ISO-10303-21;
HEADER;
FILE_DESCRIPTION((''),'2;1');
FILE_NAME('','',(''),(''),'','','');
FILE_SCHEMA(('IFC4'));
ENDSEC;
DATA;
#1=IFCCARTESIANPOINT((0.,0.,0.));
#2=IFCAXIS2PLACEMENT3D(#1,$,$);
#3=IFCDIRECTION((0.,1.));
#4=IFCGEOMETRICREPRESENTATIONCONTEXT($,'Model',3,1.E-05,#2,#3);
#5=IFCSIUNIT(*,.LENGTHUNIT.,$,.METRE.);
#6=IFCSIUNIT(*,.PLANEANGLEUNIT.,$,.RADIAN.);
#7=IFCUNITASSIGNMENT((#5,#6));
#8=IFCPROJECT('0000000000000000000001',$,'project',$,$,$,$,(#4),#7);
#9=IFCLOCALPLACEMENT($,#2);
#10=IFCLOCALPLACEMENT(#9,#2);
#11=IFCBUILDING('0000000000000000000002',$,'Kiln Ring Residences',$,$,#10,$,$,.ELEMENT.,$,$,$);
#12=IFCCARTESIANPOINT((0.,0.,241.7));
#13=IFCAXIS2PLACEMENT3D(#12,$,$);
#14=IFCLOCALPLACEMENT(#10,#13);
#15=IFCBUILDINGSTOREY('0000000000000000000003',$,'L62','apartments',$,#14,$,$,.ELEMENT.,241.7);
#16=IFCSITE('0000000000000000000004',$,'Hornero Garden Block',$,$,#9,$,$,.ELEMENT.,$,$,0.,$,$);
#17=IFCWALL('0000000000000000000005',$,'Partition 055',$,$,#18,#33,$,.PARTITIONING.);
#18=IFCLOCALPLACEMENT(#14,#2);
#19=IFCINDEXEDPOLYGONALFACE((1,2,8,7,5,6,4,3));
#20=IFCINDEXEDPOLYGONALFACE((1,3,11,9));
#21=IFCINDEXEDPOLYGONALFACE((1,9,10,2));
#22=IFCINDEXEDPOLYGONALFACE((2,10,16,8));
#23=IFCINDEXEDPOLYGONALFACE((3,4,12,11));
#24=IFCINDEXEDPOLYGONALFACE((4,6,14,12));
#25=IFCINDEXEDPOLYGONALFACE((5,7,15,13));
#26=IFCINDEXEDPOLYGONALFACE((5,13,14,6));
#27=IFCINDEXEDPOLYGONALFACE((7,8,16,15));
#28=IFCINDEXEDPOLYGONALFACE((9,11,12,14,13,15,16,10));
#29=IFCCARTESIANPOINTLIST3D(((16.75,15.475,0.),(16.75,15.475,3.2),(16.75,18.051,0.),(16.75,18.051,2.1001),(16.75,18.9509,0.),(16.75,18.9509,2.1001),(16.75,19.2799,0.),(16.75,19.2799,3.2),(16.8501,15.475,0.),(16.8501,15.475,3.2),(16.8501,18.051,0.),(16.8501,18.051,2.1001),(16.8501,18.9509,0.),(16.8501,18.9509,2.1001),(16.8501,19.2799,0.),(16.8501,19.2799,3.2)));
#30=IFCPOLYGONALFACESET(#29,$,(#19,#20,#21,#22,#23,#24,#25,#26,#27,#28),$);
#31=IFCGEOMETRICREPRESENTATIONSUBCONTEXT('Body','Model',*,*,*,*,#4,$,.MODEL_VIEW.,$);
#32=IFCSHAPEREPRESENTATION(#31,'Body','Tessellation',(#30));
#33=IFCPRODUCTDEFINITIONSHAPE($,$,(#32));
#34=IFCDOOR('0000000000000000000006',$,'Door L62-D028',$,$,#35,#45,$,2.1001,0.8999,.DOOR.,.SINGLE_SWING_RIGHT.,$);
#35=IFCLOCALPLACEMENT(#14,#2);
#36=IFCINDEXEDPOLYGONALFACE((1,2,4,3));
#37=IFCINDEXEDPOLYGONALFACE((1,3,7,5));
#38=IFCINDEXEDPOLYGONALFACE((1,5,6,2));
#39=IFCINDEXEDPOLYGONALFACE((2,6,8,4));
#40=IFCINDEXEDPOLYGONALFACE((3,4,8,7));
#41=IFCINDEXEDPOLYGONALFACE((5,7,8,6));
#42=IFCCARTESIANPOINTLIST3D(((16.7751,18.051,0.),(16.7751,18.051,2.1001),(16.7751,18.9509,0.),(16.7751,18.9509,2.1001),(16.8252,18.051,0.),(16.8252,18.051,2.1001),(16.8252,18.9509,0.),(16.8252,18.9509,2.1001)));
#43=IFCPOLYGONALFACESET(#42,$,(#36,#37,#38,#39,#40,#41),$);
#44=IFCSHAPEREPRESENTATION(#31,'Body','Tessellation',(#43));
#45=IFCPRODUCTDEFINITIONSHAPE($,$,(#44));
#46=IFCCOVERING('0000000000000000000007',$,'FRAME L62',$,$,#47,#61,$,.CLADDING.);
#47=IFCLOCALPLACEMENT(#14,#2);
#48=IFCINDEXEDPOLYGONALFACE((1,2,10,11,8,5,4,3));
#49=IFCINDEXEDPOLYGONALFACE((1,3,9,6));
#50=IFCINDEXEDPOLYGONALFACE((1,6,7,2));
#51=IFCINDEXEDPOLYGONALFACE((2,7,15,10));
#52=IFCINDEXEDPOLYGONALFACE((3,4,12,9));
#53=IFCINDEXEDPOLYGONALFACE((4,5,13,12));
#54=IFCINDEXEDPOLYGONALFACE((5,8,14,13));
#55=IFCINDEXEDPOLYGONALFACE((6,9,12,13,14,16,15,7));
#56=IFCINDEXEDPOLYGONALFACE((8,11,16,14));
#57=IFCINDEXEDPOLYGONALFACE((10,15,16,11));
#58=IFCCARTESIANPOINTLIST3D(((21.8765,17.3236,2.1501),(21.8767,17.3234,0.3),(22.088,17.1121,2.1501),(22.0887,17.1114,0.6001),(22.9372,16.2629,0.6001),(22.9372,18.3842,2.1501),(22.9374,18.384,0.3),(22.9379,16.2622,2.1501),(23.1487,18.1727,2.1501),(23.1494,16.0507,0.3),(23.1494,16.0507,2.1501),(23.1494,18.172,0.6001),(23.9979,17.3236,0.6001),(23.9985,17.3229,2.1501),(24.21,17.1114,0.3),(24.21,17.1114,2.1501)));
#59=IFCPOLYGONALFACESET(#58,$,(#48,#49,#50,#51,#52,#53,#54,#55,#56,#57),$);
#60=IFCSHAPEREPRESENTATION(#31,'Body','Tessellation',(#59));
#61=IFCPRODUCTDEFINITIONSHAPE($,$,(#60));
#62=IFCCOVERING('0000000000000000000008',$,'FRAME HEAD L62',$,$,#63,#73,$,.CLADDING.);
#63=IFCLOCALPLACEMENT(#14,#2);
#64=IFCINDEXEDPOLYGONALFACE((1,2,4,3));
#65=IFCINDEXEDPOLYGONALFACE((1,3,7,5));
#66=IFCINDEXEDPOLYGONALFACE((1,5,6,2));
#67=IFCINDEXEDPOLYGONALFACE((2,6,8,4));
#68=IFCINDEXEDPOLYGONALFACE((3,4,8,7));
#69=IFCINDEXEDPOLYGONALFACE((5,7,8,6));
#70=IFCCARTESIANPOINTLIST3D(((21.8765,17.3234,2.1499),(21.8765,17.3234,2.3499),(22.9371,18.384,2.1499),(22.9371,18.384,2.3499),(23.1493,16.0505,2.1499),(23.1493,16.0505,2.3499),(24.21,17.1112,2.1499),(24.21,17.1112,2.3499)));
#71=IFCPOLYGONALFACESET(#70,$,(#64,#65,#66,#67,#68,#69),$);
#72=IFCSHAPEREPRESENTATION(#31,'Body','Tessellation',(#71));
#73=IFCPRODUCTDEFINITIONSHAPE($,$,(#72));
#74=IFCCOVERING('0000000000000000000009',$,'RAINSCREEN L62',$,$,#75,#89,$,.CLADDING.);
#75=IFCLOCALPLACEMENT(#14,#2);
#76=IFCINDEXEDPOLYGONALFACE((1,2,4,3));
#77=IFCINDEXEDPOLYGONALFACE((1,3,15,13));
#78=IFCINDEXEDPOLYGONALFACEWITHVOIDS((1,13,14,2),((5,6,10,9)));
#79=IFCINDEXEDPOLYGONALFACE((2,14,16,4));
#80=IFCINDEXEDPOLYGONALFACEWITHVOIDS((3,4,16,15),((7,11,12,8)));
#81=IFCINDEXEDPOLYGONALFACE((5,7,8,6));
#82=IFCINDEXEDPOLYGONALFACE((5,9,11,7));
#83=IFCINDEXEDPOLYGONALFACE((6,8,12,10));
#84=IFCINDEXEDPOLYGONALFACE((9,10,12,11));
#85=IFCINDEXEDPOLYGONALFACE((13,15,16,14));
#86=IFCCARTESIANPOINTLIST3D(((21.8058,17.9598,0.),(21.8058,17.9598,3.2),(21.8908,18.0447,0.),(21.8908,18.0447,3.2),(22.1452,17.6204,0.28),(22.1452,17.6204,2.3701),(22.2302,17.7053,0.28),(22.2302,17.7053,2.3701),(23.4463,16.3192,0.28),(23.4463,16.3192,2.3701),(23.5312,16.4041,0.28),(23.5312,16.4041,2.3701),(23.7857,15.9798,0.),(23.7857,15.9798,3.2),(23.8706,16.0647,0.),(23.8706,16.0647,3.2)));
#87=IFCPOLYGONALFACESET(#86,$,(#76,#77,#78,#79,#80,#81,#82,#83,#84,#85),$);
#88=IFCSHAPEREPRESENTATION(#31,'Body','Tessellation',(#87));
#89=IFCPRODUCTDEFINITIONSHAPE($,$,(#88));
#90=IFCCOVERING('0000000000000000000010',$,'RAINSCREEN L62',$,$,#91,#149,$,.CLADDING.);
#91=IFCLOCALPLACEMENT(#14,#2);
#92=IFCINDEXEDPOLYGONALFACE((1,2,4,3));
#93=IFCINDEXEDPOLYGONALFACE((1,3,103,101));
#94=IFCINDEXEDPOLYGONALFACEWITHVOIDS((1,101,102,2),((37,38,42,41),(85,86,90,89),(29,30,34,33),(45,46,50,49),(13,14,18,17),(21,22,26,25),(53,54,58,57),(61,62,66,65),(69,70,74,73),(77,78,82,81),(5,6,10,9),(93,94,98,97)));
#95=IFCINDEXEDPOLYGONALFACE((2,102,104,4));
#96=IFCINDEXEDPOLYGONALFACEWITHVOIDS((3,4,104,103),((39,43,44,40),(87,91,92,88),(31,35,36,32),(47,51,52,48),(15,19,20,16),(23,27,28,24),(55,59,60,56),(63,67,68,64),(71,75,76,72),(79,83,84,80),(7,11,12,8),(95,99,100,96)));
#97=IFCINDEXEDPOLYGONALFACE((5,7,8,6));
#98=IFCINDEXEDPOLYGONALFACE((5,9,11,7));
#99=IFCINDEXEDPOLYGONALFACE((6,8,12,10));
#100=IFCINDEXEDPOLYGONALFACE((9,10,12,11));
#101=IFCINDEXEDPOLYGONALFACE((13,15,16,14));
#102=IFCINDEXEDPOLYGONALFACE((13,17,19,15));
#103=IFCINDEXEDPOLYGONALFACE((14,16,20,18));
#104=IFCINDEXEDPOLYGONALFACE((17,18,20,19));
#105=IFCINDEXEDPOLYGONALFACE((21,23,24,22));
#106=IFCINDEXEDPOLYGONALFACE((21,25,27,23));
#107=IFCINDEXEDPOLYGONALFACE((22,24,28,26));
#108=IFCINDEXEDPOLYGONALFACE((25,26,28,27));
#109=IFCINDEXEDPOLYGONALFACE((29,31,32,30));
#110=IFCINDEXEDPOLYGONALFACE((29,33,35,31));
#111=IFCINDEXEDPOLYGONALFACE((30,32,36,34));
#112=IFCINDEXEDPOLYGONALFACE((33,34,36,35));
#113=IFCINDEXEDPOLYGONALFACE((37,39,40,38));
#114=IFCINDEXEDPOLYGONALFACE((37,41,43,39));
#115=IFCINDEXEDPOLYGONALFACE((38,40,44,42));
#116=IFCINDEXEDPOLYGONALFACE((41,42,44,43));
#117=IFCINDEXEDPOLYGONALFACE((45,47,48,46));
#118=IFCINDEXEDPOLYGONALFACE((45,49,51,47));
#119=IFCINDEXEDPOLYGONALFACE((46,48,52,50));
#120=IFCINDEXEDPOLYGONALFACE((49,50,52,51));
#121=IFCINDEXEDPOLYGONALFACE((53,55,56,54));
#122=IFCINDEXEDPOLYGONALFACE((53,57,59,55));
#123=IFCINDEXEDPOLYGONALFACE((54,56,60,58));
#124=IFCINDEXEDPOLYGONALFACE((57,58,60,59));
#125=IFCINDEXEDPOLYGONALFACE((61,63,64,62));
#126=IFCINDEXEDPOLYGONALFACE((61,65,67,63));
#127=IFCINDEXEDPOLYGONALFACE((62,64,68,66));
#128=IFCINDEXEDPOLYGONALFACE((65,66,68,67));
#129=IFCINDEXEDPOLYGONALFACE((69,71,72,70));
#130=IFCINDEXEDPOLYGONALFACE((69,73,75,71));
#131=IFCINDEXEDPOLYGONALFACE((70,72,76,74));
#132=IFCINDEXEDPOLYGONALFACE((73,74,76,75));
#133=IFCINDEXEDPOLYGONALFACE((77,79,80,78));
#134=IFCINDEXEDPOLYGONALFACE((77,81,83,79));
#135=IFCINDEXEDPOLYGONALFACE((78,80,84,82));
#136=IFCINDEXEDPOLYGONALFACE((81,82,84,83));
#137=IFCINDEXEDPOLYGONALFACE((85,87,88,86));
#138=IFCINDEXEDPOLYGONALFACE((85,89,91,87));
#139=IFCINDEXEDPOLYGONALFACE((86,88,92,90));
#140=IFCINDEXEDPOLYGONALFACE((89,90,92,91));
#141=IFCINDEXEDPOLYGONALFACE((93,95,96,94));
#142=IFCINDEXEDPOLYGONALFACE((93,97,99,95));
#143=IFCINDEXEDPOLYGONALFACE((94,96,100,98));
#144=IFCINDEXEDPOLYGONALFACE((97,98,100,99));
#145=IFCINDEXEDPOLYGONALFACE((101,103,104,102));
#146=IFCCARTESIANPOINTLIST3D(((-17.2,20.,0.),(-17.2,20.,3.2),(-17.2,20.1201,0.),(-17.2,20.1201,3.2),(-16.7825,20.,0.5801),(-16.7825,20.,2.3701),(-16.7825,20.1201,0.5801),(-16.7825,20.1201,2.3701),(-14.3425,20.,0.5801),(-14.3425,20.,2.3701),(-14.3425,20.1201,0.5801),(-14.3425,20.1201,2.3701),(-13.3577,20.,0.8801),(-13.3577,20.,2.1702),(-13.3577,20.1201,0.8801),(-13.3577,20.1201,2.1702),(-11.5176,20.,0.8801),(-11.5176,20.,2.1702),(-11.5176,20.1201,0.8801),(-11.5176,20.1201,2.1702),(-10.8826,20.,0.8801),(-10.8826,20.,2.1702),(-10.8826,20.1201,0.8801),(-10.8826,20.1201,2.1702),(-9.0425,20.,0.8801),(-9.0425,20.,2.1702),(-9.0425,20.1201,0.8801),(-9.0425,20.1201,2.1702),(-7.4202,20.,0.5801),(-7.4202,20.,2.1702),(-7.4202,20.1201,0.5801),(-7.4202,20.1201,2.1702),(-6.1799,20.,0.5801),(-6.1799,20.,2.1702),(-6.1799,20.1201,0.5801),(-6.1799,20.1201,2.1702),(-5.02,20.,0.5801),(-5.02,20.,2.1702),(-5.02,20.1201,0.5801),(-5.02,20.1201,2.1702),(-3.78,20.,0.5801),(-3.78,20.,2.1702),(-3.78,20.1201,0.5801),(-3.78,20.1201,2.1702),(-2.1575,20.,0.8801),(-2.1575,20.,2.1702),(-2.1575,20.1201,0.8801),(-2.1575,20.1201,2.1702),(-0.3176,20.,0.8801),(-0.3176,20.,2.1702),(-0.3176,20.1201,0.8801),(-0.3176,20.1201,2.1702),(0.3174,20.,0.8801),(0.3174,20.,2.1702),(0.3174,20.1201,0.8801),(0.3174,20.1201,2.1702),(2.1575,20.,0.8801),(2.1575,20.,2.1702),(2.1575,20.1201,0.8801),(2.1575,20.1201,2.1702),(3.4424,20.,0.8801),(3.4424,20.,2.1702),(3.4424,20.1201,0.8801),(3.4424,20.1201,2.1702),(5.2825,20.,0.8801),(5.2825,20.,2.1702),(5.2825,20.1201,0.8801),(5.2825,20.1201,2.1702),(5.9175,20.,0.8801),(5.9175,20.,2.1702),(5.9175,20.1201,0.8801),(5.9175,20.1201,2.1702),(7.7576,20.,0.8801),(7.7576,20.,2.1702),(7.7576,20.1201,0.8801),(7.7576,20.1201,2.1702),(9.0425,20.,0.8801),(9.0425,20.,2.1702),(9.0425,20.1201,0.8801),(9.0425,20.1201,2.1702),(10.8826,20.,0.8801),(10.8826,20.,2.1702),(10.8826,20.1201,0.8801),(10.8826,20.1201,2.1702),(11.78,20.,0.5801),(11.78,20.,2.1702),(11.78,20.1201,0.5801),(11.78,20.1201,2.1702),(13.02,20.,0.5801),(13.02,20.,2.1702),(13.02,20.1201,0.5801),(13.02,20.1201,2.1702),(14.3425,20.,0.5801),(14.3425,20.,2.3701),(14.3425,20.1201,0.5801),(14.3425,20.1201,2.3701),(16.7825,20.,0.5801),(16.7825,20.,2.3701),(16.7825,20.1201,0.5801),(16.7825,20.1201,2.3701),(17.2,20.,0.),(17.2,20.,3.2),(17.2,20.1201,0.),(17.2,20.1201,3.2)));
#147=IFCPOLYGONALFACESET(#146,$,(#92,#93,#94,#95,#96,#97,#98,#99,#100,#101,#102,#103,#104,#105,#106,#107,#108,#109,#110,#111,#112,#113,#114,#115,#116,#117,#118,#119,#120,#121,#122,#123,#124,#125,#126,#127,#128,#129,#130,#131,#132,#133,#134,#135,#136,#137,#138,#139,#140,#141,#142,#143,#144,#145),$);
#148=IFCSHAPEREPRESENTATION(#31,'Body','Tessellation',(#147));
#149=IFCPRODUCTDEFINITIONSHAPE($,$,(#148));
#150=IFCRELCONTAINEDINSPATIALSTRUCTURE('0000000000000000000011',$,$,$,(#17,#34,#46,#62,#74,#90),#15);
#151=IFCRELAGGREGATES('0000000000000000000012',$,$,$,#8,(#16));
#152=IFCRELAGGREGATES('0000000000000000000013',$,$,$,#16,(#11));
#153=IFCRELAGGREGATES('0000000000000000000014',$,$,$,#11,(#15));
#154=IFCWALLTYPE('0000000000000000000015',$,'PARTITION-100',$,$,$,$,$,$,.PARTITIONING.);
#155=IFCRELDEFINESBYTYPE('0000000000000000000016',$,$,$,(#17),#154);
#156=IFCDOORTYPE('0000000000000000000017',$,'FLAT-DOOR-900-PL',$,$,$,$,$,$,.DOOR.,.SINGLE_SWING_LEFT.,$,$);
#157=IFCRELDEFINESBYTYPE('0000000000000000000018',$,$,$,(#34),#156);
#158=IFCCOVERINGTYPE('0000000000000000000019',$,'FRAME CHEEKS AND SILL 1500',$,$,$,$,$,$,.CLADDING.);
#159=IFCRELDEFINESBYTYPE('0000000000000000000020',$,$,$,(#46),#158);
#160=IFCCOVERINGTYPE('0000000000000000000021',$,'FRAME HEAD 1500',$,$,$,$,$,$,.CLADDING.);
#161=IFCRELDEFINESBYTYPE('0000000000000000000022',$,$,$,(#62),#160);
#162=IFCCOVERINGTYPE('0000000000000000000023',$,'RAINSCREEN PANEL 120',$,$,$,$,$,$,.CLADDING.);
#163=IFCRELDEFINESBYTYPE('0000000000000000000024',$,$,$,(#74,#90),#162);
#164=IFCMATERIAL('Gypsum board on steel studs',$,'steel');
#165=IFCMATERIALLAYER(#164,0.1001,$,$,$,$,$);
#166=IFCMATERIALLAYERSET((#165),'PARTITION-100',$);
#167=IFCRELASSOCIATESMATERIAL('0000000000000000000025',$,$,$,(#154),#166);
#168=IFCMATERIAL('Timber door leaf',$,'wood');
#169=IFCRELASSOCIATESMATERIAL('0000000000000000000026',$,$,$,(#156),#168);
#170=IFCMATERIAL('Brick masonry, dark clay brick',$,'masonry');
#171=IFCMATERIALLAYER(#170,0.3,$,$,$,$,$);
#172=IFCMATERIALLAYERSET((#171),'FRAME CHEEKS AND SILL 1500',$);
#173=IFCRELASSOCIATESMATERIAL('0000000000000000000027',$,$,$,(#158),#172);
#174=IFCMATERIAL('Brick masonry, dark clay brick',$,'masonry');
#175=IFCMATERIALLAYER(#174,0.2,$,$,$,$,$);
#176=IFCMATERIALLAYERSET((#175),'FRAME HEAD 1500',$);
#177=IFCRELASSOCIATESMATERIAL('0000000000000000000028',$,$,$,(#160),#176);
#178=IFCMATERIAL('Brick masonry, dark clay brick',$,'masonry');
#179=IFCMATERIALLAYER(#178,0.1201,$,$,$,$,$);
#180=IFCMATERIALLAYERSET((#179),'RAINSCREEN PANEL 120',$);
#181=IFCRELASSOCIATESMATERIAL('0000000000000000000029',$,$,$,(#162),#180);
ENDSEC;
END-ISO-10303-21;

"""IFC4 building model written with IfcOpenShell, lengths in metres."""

from ifc_helpers import new_model, si_unit, direction, frame, frame_2d, origin, origin_2d, place, context, subcontext, project, spatial, polyline, rectangle, outline, extrude, material, layer, layer_set, type_object, element, fill, save


model = new_model("IFC4")

# Units and contexts
model_context = context("Model", 3, precision=1e-05, world=origin(), true_north=direction((0.0, 1.0)))
body_context = subcontext(model_context, "Body", "Model", "MODEL_VIEW")
ifc_project = project(units=[si_unit("LENGTHUNIT", "METRE"), si_unit("PLANEANGLEUNIT", "RADIAN")], contexts=[model_context])

# Site, building, storey
site_placement = place(None, origin())
site = spatial("IfcSite", under=ifc_project, at=site_placement, Name="Hornero Garden Block", CompositionType="ELEMENT", RefElevation=0.0)
building_placement = place(site_placement, origin())
building = spatial("IfcBuilding", under=site, at=building_placement, Name="Kiln Ring Residences", CompositionType="ELEMENT")
storey_placement = place(building_placement, frame((0.0, 0.0, 241.7)))
storey = spatial("IfcBuildingStorey", under=building, at=storey_placement, Name="L62", Description="apartments", CompositionType="ELEMENT", Elevation=241.7)

# Wall, opening, door
ifc_material_1 = material(Name="Gypsum board on steel studs", Category="steel")
ifc_layer_1 = layer(ifc_material_1, 0.1001)
ifc_layer_set_1 = layer_set([ifc_layer_1], Name="PARTITION-100")
wall_type_1 = type_object("IfcWallType", Name="PARTITION-100", PredefinedType="PARTITIONING", material=ifc_layer_set_1)
wall_1_placement = place(storey_placement, frame((16.8, 15.4751, 0.0), z_axis=(0.0, 0.0, 1.0), x_axis=(0.0, 1.0, 0.0)))
wall_1 = element("IfcWall", 1, at=wall_1_placement, inside=storey, type_object=wall_type_1, Name="Partition 055", PredefinedType="PARTITIONING", context=body_context, shape_type="SweptSolid", body=[
    extrude(rectangle(XDim=3.8049, YDim=0.1001, at=frame_2d((1.9023, 0.0))), origin(), (0.0, 0.0, 1.0), 3.2),
])
opening_1_placement = place(wall_1_placement, frame((2.5759, 0.0, 0.0)))
opening_1 = element("IfcOpeningElement", 2, at=opening_1_placement, cuts=wall_1, PredefinedType="OPENING", context=body_context, shape_type="SweptSolid", body=[
    extrude(rectangle(XDim=0.8999, YDim=2.1001, at=frame_2d((0.45, 1.05))), frame((0.0, 0.0601, 0.0), z_axis=(0.0, -1.0, 0.0), x_axis=(1.0, 0.0, 0.0)), (0.0, 0.0, 1.0), 0.1201),
])
ifc_material_2 = material(Name="Timber door leaf", Category="wood")
door_type_1 = type_object("IfcDoorType", Name="FLAT-DOOR-900-PL", OperationType="SINGLE_SWING_LEFT", PredefinedType="DOOR", material=ifc_material_2)
door_1_placement = place(opening_1_placement, origin())
door_1 = element("IfcDoor", 3, at=door_1_placement, inside=storey, type_object=door_type_1, Name="Door L62-D028", OperationType="SINGLE_SWING_RIGHT", OverallHeight=2.1001, OverallWidth=0.8999, PredefinedType="DOOR", context=body_context, shape_type="SweptSolid", body=[
    extrude(rectangle(XDim=0.8999, YDim=2.1001, at=frame_2d((0.45, 1.05))), frame((0.0, 0.0249, 0.0), z_axis=(0.0, -1.0, 0.0), x_axis=(1.0, 0.0, 0.0)), (0.0, 0.0, 1.0), 0.05),
])
fill(opening_1, door_1)

# Coverings
ifc_material_3 = material(Name="Brick masonry, dark clay brick", Category="masonry")
ifc_layer_2 = layer(ifc_material_3, 0.3)
ifc_layer_set_2 = layer_set([ifc_layer_2], Name="FRAME CHEEKS AND SILL 1500")
covering_type_1 = type_object("IfcCoveringType", Name="FRAME CHEEKS AND SILL 1500", PredefinedType="CLADDING", material=ifc_layer_set_2)
covering_1_placement = place(storey_placement, frame((23.6797, 16.5811, 0.3), z_axis=(0.0, 0.0, 1.0), x_axis=(-0.707107, 0.707107, 0.0)))
element("IfcCovering", 4, at=covering_1_placement, inside=storey, type_object=covering_type_1, Name="FRAME L62", PredefinedType="CLADDING", context=body_context, shape_type="SweptSolid", body=[
    extrude(outline(polyline([(0.0, 0.0), (1.7998, 0.0), (1.8, 1.8501), (1.501, 1.8501), (1.5, 0.3), (0.3, 0.3), (0.2991, 1.8501), (0.0, 1.8501), (0.0, 0.0)])), frame((0.0, 0.75, 0.0), z_axis=(0.0, -1.0, 0.0), x_axis=(1.0, 0.0, 0.0)), (0.0, 0.0, 1.0), 1.5),
])
ifc_material_4 = material(Name="Brick masonry, dark clay brick", Category="masonry")
ifc_layer_3 = layer(ifc_material_4, 0.2)
ifc_layer_set_3 = layer_set([ifc_layer_3], Name="FRAME HEAD 1500")
covering_type_2 = type_object("IfcCoveringType", Name="FRAME HEAD 1500", PredefinedType="CLADDING", material=ifc_layer_set_3)
covering_2_placement = place(storey_placement, frame((23.0432, 17.2173, 2.1499), z_axis=(0.0, 0.0, 1.0), x_axis=(-0.707107, 0.707107, 0.0)))
element("IfcCovering", 5, at=covering_2_placement, inside=storey, type_object=covering_type_2, Name="FRAME HEAD L62", PredefinedType="CLADDING", context=body_context, shape_type="SweptSolid", body=[
    extrude(rectangle(XDim=1.8, YDim=1.5, at=origin_2d()), origin(), (0.0, 0.0, 1.0), 0.2),
])
ifc_material_5 = material(Name="Brick masonry, dark clay brick", Category="masonry")
ifc_layer_4 = layer(ifc_material_5, 0.1201)
ifc_layer_set_4 = layer_set([ifc_layer_4], Name="RAINSCREEN PANEL 120")
covering_type_3 = type_object("IfcCoveringType", Name="RAINSCREEN PANEL 120", PredefinedType="CLADDING", material=ifc_layer_set_4)
covering_3_placement = place(storey_placement, frame((23.8281, 16.0222, 0.0), z_axis=(0.0, 0.0, 1.0), x_axis=(-0.707063, 0.70715, 0.0)))
element("IfcCovering", 6, at=covering_3_placement, inside=storey, type_object=covering_type_3, Name="RAINSCREEN L62", PredefinedType="CLADDING", context=body_context, shape_type="SweptSolid", body=[
    extrude(outline(polyline([(0.0, 0.0), (2.8, 0.0), (2.8, 3.2), (0.0, 3.2), (0.0, 0.0)]), holes=[polyline([(0.48, 2.3701), (0.48, 0.28), (2.3201, 0.28), (2.3201, 2.3701), (0.48, 2.3701)])]), frame((0.0, 0.0601, 0.0), z_axis=(0.0, -1.0, 0.0), x_axis=(1.0, 0.0, 0.0)), (0.0, 0.0, 1.0), 0.1201),
])
covering_4_placement = place(storey_placement, frame((17.2, 20.0601, 0.0), z_axis=(0.0, 0.0, 1.0), x_axis=(-1.0, 0.0, 0.0)))
element("IfcCovering", 7, at=covering_4_placement, inside=storey, type_object=covering_type_3, Name="RAINSCREEN L62", PredefinedType="CLADDING", context=body_context, shape_type="SweptSolid", body=[
    extrude(outline(polyline([(0.0, 0.0), (34.3999, 0.0), (34.3999, 3.2), (0.0, 3.2), (0.0, 0.0)]), holes=[polyline([(4.1799, 0.5801), (5.4199, 0.5801), (5.4199, 2.1702), (4.1799, 2.1702), (4.1799, 0.5801)]), polyline([(0.4175, 2.3701), (0.4175, 0.5801), (2.8574, 0.5801), (2.8574, 2.3701), (0.4175, 2.3701)]), polyline([(6.3174, 2.1702), (6.3174, 0.8801), (8.1575, 0.8801), (8.1575, 2.1702), (6.3174, 2.1702)]), polyline([(9.4424, 0.8801), (11.2825, 0.8801), (11.2825, 2.1702), (9.4424, 2.1702), (9.4424, 0.8801)]), polyline([(11.9175, 2.1702), (11.9175, 0.8801), (13.7576, 0.8801), (13.7576, 2.1702), (11.9175, 2.1702)]), polyline([(15.0425, 2.1702), (15.0425, 0.8801), (16.8826, 0.8801), (16.8826, 2.1702), (15.0425, 2.1702)]), polyline([(20.98, 0.5801), (22.22, 0.5801), (22.22, 2.1702), (20.98, 2.1702), (20.98, 0.5801)]), polyline([(23.3799, 2.1702), (23.3799, 0.5801), (24.6201, 0.5801), (24.6201, 2.1702), (23.3799, 2.1702)]), polyline([(31.5425, 2.3701), (31.5425, 0.5801), (33.9824, 0.5801), (33.9824, 2.3701), (31.5425, 2.3701)]), polyline([(17.5176, 0.8801), (19.3574, 0.8801), (19.3574, 2.1702), (17.5176, 2.1702), (17.5176, 0.8801)]), polyline([(26.2424, 2.1702), (26.2424, 0.8801), (28.0825, 0.8801), (28.0825, 2.1702), (26.2424, 2.1702)]), polyline([(28.7175, 2.1702), (28.7175, 0.8801), (30.5576, 0.8801), (30.5576, 2.1702), (28.7175, 2.1702)])]), frame((0.0, 0.0601, 0.0), z_axis=(0.0, -1.0, 0.0), x_axis=(1.0, 0.0, 0.0)), (0.0, 0.0, 1.0), 0.1201),
])

save(model, "model.ifc")
